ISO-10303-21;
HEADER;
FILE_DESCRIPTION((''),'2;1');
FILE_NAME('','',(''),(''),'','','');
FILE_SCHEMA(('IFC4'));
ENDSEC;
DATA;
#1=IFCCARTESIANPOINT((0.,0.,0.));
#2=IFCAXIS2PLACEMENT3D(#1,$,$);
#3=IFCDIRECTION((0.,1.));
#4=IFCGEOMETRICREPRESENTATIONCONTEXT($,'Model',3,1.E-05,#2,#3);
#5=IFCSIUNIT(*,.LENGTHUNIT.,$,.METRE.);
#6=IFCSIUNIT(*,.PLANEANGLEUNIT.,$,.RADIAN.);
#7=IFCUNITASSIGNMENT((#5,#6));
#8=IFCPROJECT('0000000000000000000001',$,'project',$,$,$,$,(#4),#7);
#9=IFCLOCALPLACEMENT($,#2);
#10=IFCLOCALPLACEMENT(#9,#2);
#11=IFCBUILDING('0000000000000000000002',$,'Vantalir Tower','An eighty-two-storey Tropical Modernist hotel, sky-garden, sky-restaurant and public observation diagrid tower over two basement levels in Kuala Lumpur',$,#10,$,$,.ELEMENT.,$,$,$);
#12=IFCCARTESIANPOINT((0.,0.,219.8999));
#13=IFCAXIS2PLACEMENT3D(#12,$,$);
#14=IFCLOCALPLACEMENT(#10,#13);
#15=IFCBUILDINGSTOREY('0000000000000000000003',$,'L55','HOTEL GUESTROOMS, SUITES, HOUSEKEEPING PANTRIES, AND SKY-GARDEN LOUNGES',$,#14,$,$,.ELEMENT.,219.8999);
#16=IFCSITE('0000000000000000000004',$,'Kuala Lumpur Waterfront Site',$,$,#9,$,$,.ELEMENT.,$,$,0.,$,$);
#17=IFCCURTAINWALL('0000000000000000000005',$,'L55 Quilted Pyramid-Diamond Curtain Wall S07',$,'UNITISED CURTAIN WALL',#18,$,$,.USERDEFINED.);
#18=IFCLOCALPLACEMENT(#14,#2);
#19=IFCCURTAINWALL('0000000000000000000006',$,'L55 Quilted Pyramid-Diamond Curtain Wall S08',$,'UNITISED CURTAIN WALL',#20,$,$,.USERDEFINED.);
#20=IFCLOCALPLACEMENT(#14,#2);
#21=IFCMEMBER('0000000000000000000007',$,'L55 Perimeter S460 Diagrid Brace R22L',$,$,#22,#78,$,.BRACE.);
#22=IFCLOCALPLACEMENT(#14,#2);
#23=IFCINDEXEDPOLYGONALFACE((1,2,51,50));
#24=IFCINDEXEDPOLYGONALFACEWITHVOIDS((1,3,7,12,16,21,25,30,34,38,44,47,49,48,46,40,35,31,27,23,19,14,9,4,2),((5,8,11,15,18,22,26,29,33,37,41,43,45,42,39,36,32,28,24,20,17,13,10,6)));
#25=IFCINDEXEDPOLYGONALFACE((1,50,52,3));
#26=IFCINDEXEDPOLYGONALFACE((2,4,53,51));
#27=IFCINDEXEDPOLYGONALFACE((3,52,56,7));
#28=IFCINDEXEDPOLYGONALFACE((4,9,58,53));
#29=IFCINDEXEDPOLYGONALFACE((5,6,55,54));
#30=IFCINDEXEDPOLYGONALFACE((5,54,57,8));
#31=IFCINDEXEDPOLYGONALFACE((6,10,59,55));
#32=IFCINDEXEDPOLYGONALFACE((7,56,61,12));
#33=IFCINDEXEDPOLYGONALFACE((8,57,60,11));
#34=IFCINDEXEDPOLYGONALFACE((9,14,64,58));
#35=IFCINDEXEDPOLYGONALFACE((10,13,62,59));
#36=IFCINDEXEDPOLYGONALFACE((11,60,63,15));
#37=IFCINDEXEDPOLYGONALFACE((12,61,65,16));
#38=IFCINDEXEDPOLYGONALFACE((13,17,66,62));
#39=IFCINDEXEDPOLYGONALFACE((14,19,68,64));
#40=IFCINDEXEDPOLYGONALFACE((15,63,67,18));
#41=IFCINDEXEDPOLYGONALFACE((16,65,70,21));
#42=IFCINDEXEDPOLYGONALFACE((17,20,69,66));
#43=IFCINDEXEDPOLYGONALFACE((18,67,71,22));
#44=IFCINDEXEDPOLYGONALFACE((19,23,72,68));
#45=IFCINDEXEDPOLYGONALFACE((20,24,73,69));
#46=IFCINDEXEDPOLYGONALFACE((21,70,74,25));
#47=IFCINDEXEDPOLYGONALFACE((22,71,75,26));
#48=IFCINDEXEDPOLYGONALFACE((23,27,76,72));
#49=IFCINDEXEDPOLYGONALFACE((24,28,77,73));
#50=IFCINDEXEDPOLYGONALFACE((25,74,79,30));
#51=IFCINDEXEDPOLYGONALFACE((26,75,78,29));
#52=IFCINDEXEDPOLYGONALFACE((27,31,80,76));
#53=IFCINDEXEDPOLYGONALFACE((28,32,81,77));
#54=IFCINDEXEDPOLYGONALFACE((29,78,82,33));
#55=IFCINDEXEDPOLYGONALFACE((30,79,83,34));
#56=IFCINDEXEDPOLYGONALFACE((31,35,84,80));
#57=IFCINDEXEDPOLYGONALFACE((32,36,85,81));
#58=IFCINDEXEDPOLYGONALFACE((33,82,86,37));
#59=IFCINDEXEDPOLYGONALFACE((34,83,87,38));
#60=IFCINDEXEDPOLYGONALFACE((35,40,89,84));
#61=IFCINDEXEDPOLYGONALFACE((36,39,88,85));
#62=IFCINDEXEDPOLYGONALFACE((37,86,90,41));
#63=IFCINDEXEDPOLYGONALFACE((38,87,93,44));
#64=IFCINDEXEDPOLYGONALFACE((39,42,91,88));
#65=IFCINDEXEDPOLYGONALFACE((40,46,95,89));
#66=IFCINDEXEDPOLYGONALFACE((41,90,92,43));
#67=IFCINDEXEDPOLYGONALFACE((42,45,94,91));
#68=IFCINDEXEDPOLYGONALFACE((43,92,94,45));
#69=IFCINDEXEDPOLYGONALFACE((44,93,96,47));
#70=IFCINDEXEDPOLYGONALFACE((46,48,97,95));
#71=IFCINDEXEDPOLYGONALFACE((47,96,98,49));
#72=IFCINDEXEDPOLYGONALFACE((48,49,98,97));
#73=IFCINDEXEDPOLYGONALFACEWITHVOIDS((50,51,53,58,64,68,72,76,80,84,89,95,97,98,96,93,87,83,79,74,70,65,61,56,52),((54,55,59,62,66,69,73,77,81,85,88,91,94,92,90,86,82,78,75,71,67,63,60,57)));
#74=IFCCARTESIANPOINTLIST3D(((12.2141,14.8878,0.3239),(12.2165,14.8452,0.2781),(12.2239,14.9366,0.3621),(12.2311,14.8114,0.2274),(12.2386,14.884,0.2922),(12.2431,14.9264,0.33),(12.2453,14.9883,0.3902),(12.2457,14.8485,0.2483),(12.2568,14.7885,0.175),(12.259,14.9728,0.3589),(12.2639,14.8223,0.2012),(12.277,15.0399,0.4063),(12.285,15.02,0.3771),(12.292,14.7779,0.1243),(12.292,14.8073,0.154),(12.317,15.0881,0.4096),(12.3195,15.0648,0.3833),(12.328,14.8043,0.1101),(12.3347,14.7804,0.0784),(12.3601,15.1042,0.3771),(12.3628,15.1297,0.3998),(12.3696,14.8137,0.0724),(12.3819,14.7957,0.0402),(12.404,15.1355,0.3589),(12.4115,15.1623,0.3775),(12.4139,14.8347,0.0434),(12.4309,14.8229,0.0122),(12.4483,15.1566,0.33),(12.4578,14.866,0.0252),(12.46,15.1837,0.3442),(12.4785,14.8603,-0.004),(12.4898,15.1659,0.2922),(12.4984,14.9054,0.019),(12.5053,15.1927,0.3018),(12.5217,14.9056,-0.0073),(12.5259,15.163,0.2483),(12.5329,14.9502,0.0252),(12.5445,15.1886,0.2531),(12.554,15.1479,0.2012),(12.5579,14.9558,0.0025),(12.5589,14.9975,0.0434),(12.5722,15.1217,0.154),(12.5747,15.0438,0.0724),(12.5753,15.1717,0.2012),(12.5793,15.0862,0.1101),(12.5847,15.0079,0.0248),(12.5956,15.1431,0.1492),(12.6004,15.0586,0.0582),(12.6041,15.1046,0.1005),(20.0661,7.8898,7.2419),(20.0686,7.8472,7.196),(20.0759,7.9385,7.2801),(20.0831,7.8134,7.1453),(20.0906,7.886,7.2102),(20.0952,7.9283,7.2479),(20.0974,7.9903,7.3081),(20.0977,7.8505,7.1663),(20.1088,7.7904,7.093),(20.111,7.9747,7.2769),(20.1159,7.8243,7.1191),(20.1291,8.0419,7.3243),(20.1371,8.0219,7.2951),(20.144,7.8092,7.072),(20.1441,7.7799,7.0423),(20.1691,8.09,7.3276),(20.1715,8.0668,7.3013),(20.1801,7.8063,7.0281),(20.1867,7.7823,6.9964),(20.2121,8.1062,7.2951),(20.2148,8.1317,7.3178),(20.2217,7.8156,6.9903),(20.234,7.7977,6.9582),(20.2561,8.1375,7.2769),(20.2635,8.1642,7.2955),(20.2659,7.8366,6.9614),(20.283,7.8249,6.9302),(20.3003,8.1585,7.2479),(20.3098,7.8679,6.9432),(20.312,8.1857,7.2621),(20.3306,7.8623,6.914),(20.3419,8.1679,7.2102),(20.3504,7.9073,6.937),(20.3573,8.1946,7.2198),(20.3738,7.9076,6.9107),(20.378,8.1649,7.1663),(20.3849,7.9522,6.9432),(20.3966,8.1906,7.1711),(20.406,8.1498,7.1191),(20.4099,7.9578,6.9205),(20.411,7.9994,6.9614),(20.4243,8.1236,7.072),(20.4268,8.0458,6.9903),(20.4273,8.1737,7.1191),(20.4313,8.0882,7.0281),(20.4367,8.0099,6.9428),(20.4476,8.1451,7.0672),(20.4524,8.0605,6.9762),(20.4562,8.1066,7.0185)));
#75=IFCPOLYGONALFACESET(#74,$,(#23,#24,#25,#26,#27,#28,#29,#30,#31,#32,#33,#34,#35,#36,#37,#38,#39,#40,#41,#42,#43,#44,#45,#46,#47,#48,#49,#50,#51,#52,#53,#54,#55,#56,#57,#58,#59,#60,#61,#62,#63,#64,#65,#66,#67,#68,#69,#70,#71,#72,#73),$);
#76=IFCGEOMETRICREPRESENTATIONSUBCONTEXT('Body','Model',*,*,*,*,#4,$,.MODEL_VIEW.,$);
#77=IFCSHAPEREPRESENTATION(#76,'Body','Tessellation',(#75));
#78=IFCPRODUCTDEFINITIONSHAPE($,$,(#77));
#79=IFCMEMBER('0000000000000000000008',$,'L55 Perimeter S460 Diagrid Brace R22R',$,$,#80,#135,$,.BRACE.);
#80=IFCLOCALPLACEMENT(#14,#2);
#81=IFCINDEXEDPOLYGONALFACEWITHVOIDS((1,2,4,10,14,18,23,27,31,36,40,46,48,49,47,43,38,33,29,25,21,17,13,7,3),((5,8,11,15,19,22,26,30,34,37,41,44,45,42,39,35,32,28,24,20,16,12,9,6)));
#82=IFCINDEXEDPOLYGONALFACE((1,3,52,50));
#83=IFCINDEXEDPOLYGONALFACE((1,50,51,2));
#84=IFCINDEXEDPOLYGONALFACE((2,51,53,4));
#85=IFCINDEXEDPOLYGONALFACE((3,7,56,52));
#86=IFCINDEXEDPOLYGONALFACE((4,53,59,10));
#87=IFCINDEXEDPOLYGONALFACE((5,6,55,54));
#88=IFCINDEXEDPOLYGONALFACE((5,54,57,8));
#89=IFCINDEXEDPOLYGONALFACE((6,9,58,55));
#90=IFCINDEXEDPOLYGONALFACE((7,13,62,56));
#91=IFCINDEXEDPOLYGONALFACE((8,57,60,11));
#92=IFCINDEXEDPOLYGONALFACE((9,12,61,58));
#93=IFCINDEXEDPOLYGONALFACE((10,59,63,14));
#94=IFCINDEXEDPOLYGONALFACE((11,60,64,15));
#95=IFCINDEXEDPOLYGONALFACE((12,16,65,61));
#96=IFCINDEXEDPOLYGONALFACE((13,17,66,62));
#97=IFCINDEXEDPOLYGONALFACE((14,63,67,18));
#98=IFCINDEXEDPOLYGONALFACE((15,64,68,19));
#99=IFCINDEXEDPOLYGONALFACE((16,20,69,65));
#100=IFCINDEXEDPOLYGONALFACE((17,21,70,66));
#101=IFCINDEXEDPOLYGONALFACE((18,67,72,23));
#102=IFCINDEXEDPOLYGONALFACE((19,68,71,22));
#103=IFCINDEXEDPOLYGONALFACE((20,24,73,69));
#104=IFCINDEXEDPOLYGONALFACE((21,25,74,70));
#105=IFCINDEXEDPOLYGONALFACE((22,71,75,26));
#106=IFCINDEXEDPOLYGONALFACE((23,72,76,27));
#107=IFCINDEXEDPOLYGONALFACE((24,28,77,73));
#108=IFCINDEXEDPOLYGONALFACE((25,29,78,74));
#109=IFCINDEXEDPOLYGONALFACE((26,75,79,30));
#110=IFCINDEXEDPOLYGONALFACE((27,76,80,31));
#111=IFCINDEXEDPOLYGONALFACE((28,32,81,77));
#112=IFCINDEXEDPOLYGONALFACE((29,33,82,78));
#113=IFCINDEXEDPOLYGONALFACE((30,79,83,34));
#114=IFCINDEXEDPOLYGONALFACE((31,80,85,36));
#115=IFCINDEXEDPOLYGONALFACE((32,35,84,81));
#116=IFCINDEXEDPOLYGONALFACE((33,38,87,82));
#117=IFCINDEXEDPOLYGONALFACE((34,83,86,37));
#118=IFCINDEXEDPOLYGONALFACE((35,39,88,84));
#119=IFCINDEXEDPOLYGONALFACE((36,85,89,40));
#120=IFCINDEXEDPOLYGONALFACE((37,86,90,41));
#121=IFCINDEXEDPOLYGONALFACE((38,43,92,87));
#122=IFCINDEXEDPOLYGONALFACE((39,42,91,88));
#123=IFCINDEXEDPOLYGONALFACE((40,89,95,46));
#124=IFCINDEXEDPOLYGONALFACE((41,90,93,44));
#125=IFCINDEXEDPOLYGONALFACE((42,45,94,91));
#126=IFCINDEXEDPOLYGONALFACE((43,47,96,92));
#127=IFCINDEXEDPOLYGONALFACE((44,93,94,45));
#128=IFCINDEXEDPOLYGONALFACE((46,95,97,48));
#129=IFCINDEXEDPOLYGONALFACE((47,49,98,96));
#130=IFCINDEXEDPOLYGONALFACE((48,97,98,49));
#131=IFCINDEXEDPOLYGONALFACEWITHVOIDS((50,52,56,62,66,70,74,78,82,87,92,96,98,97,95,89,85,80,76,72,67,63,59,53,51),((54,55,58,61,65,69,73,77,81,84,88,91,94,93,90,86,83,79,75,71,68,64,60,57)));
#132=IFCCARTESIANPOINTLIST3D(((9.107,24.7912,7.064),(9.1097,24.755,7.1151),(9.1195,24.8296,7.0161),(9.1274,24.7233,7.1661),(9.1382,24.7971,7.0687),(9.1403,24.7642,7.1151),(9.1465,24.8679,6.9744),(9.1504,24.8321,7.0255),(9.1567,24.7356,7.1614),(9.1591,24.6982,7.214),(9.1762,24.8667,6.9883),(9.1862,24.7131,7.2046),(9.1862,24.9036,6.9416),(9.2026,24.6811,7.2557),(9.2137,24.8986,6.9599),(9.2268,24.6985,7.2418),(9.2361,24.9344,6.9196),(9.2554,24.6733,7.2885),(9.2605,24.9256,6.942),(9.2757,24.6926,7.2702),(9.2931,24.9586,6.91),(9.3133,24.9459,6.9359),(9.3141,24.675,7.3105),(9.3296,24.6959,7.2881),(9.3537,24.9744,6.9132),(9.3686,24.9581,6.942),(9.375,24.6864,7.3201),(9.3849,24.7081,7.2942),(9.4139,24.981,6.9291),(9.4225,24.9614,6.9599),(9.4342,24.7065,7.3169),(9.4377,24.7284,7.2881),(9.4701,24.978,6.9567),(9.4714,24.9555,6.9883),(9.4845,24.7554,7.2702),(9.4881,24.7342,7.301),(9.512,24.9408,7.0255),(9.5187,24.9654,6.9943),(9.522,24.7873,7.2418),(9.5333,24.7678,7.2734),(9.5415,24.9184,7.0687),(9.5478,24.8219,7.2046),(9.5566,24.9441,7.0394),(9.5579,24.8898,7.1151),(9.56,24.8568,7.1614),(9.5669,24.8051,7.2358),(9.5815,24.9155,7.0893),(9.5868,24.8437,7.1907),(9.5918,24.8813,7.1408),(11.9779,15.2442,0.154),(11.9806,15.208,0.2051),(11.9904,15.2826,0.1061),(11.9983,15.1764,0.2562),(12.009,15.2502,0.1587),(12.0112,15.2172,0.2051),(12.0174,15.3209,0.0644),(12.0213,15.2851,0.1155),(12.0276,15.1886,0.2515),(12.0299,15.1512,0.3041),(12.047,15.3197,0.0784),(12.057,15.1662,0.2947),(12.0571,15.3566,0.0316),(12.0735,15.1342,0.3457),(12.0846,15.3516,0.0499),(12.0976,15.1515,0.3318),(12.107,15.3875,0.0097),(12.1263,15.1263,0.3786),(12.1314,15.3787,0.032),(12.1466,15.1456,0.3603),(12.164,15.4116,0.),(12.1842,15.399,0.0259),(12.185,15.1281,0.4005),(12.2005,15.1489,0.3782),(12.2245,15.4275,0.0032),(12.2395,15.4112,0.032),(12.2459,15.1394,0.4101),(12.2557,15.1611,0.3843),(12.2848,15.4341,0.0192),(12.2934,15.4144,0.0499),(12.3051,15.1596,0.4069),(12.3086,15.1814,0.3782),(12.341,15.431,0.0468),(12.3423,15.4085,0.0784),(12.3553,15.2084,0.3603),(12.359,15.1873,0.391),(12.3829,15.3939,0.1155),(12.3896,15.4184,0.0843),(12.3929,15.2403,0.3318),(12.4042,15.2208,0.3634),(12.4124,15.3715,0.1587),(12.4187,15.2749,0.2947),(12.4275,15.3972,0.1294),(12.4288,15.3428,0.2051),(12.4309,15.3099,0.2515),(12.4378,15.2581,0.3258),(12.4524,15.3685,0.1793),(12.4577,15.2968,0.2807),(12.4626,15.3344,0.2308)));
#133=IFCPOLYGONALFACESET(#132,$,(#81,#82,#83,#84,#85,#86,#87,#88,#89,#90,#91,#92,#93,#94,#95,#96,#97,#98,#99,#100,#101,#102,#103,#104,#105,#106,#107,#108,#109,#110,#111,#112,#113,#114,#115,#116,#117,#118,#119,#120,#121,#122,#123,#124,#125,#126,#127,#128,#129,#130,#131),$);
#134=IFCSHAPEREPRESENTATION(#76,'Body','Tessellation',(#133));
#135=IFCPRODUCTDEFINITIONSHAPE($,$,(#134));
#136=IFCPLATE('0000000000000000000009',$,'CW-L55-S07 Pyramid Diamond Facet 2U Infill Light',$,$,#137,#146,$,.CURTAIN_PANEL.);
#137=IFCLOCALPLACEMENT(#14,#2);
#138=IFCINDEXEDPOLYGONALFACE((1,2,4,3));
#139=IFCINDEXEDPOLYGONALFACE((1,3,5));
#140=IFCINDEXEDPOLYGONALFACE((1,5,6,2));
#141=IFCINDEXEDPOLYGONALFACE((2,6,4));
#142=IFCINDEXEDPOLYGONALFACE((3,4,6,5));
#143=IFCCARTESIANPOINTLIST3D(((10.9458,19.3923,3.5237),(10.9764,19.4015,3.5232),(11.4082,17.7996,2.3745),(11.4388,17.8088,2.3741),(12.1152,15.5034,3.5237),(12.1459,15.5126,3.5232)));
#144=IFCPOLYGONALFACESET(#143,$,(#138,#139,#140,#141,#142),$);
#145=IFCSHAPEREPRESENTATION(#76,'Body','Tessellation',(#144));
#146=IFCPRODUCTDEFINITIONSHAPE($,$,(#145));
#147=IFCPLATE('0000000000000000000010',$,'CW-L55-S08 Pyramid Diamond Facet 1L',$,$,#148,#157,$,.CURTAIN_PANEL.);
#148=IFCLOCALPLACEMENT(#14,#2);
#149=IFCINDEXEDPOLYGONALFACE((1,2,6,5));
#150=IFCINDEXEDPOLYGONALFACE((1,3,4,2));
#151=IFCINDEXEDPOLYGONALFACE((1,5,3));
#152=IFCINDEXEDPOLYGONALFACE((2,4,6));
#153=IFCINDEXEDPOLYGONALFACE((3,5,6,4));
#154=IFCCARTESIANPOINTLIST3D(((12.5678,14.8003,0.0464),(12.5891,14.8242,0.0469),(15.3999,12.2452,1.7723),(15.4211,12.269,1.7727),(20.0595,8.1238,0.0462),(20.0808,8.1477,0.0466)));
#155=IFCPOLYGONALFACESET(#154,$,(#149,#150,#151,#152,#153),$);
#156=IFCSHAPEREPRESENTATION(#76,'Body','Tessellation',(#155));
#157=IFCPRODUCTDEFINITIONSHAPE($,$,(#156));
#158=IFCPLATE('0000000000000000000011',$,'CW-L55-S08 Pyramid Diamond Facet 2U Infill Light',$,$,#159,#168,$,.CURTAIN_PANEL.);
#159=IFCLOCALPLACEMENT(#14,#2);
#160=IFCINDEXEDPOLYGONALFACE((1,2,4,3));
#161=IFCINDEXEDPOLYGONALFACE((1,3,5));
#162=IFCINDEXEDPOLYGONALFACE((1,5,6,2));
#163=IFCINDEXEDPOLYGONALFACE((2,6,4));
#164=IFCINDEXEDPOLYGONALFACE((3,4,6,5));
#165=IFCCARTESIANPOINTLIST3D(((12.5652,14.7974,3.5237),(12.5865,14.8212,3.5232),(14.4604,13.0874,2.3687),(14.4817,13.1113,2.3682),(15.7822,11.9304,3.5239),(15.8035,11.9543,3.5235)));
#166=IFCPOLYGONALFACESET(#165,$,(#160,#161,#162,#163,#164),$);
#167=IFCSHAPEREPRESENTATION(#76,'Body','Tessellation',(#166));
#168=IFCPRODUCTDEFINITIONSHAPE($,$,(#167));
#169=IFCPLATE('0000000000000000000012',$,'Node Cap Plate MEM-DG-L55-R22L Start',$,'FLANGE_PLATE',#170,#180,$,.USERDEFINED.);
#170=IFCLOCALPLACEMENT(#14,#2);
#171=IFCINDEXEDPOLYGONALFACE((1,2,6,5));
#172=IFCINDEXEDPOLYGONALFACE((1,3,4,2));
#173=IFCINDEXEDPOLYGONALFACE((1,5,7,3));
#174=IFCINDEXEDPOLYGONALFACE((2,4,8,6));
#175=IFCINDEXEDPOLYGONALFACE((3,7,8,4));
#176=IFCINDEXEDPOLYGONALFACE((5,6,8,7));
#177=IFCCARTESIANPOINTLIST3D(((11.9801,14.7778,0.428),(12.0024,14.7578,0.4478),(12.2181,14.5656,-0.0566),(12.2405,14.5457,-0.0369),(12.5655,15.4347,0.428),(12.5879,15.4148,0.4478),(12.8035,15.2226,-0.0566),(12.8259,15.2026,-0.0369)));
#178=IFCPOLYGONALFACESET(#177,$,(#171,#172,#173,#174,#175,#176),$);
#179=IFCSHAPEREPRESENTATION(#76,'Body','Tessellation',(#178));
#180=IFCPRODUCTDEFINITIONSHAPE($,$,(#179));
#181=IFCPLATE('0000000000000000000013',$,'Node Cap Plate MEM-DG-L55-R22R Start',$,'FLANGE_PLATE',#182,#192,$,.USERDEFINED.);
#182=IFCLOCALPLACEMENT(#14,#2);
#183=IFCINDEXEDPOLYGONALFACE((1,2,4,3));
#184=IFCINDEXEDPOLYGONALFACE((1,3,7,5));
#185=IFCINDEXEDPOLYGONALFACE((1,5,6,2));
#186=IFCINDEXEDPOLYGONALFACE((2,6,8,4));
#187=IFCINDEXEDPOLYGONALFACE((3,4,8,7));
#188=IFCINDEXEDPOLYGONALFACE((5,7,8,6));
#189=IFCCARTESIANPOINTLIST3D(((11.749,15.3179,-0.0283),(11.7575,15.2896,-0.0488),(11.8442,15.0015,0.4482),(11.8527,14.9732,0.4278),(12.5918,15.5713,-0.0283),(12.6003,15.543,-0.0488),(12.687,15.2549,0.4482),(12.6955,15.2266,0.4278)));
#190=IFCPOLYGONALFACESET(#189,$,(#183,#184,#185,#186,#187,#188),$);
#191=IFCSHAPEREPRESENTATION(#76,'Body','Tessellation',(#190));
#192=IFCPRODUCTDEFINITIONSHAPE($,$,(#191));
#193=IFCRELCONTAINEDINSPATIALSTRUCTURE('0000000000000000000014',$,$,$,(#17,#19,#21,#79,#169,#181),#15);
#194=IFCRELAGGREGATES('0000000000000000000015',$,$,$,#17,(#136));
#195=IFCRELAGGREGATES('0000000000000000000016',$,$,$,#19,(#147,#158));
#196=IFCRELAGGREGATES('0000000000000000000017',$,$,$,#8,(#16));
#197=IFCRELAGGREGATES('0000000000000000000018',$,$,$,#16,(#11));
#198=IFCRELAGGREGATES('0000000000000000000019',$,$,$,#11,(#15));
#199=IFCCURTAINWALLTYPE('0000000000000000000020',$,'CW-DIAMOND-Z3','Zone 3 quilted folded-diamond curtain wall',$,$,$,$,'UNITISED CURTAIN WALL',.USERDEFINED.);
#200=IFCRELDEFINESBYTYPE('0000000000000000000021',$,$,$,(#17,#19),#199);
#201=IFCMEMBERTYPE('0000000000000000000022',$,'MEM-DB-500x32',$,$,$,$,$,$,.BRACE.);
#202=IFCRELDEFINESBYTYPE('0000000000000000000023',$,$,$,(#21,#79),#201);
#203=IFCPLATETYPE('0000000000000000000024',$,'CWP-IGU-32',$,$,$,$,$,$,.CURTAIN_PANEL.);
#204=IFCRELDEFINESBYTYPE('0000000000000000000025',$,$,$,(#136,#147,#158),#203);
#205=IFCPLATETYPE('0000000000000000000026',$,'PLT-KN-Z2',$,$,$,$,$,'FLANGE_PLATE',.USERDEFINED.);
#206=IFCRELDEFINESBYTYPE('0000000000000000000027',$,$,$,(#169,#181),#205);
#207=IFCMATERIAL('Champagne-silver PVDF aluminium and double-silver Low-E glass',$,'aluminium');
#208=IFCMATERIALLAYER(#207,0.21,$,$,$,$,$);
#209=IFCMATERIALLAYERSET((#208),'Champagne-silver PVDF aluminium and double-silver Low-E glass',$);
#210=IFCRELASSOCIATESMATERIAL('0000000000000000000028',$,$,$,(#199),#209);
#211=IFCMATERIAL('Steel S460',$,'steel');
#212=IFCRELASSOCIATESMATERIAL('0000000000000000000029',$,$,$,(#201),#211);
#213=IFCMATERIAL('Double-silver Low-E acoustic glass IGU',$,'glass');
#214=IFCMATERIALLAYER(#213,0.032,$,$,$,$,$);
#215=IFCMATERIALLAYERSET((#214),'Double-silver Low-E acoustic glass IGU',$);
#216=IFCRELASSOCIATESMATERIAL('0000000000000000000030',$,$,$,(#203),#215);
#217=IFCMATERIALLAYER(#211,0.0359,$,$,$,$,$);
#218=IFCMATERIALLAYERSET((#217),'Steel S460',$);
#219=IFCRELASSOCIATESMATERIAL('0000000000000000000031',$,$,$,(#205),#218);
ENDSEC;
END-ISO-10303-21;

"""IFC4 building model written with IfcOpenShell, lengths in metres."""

from ifc_helpers import new_model, si_unit, direction, frame, origin, origin_2d, place, context, subcontext, project, spatial, polyline, hollow_circle, outline, extrude, material, layer, layer_set, material_profile, profile_set, type_object, element, aggregate, save


model = new_model("IFC4")

# Units and contexts
model_context = context("Model", 3, precision=1e-05, world=origin(), true_north=direction((0.0, 1.0)))
body_context = subcontext(model_context, "Body", "Model", "MODEL_VIEW")
ifc_project = project(units=[si_unit("LENGTHUNIT", "METRE"), si_unit("PLANEANGLEUNIT", "RADIAN")], contexts=[model_context])

# Site, building, storey
site_placement = place(None, origin())
site = spatial("IfcSite", under=ifc_project, at=site_placement, Name="Kuala Lumpur Waterfront Site", CompositionType="ELEMENT", RefElevation=0.0)
building_placement = place(site_placement, origin())
building = spatial("IfcBuilding", under=site, at=building_placement, Name="Vantalir Tower", Description="An eighty-two-storey Tropical Modernist hotel, sky-garden, sky-restaurant and public observation diagrid tower over two basement levels in Kuala Lumpur", CompositionType="ELEMENT")
storey_placement = place(building_placement, frame((0.0, 0.0, 219.8999)))
storey = spatial("IfcBuildingStorey", under=building, at=storey_placement, Name="L55", Description="HOTEL GUESTROOMS, SUITES, HOUSEKEEPING PANTRIES, AND SKY-GARDEN LOUNGES", CompositionType="ELEMENT", Elevation=219.8999)

# Shared definitions
ifc_material_1 = material(Name="Steel S460", Category="steel")

# Curtain wall
ifc_material_2 = material(Name="Champagne-silver PVDF aluminium and double-silver Low-E glass", Category="aluminium")
ifc_layer_1 = layer(ifc_material_2, 0.21)
ifc_layer_set_1 = layer_set([ifc_layer_1], Name="Champagne-silver PVDF aluminium and double-silver Low-E glass")
curtain_wall_type = type_object("IfcCurtainWallType", Name="CW-DIAMOND-Z3", Description="Zone 3 quilted folded-diamond curtain wall", ElementType="UNITISED CURTAIN WALL", PredefinedType="USERDEFINED", material=ifc_layer_set_1)
curtain_wall_1_placement = place(storey_placement, origin())
curtain_wall_1 = element("IfcCurtainWall", 1, at=curtain_wall_1_placement, inside=storey, type_object=curtain_wall_type, Name="L55 Quilted Pyramid-Diamond Curtain Wall S07", ObjectType="UNITISED CURTAIN WALL", PredefinedType="USERDEFINED")

# Curtain wall
curtain_wall_2_placement = place(storey_placement, origin())
curtain_wall_2 = element("IfcCurtainWall", 2, at=curtain_wall_2_placement, inside=storey, type_object=curtain_wall_type, Name="L55 Quilted Pyramid-Diamond Curtain Wall S08", ObjectType="UNITISED CURTAIN WALL", PredefinedType="USERDEFINED")

# Members
ifc_material_profile_1 = material_profile(ifc_material_1, hollow_circle(Radius=0.25, WallThickness=0.032, at=origin_2d()), Name="Steel S460")
ifc_profile_set_1 = profile_set([ifc_material_profile_1], Name="Steel S460")
member_type_1 = type_object("IfcMemberType", Name="MEM-DB-500x32", PredefinedType="BRACE", material=ifc_profile_set_1)
member_1_placement = place(storey_placement, frame((12.4089, 14.9851, 0.2012), z_axis=(0.623718, -0.555881, 0.54952), x_axis=(0.665343, 0.746538, 0.0)))
element("IfcMember", 3, at=member_1_placement, inside=storey, type_object=member_type_1, Name="L55 Perimeter S460 Diagrid Brace R22L", PredefinedType="BRACE", context=body_context, shape_type="SweptSolid", body=[
    extrude(hollow_circle(Radius=0.25, WallThickness=0.032, at=origin_2d()), origin(), (0.0, 0.0, 1.0), 12.5891),
])
member_2_placement = place(storey_placement, frame((12.22, 15.28, 0.2051), z_axis=(-0.236678, 0.787061, 0.569665), x_axis=(-0.957639, -0.287972, 0.0)))
element("IfcMember", 4, at=member_2_placement, inside=storey, type_object=member_type_1, Name="L55 Perimeter S460 Diagrid Brace R22R", PredefinedType="BRACE", context=body_context, shape_type="SweptSolid", body=[
    extrude(hollow_circle(Radius=0.25, WallThickness=0.032, at=origin_2d()), origin(), (0.0, 0.0, 1.0), 12.1299),
])

# Plates
ifc_material_3 = material(Name="Double-silver Low-E acoustic glass IGU", Category="glass")
ifc_layer_2 = layer(ifc_material_3, 0.032)
ifc_layer_set_2 = layer_set([ifc_layer_2], Name="Double-silver Low-E acoustic glass IGU")
plate_type_1 = type_object("IfcPlateType", Name="CWP-IGU-32", PredefinedType="CURTAIN_PANEL", material=ifc_layer_set_2)
plate_1_placement = place(storey_placement, frame((10.9458, 19.3923, 3.5237), z_axis=(-0.957548, -0.287944, 0.013798), x_axis=(0.287971, -0.957639, 0.0)))
plate_1 = element("IfcPlate", 5, at=plate_1_placement, type_object=plate_type_1, Name="CW-L55-S07 Pyramid Diamond Facet 2U Infill Light", PredefinedType="CURTAIN_PANEL", context=body_context, shape_type="SweptSolid", body=[
    extrude(outline(polyline([(0.0, 0.0), (4.0609, 0.0), (1.6585, -1.1493), (0.0, 0.0)])), origin(), (0.0, 0.0, -1.0), 0.032),
])
aggregate(curtain_wall_1, [plate_1])
plate_2_placement = place(storey_placement, frame((12.5891, 14.8242, 0.0469), z_axis=(0.665261, 0.746488, 0.013539), x_axis=(0.746556, -0.665322, -0.000024)))
plate_2 = element("IfcPlate", 6, at=plate_2_placement, type_object=plate_type_1, Name="CW-L55-S08 Pyramid Diamond Facet 1L", PredefinedType="CURTAIN_PANEL", context=body_context, shape_type="SweptSolid", body=[
    extrude(outline(polyline([(0.0, 0.0), (10.035, 0.0), (3.8142, -1.7261), (0.0, 0.0)])), origin(), (0.0, 0.0, -1.0), 0.032),
])
plate_3_placement = place(storey_placement, frame((12.5652, 14.7974, 3.5237), z_axis=(-0.665256, -0.746493, 0.013539), x_axis=(0.746562, -0.665316, 0.000057)))
plate_3 = element("IfcPlate", 7, at=plate_3_placement, type_object=plate_type_1, Name="CW-L55-S08 Pyramid Diamond Facet 2U Infill Light", PredefinedType="CURTAIN_PANEL", context=body_context, shape_type="SweptSolid", body=[
    extrude(outline(polyline([(0.0, 0.0), (4.3091, 0.0), (2.5525, -1.1553), (0.0, 0.0)])), origin(), (0.0, 0.0, -1.0), 0.032),
])
aggregate(curtain_wall_2, [plate_2, plate_3])

# Plates
ifc_layer_3 = layer(ifc_material_1, 0.0359)
ifc_layer_set_3 = layer_set([ifc_layer_3], Name="Steel S460")
plate_type_2 = type_object("IfcPlateType", Name="PLT-KN-Z2", ElementType="FLANGE_PLATE", PredefinedType="USERDEFINED", material=ifc_layer_set_3)
plate_4_placement = place(storey_placement, frame((12.2405, 14.5457, -0.0369), z_axis=(0.623688, -0.55578, 0.549657), x_axis=(0.665293, 0.746582, 0.0)))
element("IfcPlate", 8, at=plate_4_placement, inside=storey, type_object=plate_type_2, Name="Node Cap Plate MEM-DG-L55-R22L Start", ObjectType="FLANGE_PLATE", PredefinedType="USERDEFINED", context=body_context, shape_type="SweptSolid", body=[
    extrude(outline(polyline([(0.0, 0.0), (0.88, 0.0), (0.88, 0.5801), (0.0, 0.5801), (0.0, 0.0)])), origin(), (0.0, 0.0, -1.0), 0.0359),
])
plate_5_placement = place(storey_placement, frame((12.5918, 15.5713, -0.0283), z_axis=(-0.236642, 0.786984, 0.569786), x_axis=(-0.957643, -0.287959, 0.0)))
element("IfcPlate", 9, at=plate_5_placement, inside=storey, type_object=plate_type_2, Name="Node Cap Plate MEM-DG-L55-R22R Start", ObjectType="FLANGE_PLATE", PredefinedType="USERDEFINED", context=body_context, shape_type="SweptSolid", body=[
    extrude(outline(polyline([(0.0, 0.0), (0.88, 0.0), (0.88, 0.5799), (-0.0001, 0.5799), (0.0, 0.0)])), origin(), (0.0, 0.0, -1.0), 0.0359),
])

save(model, "model.ifc")
